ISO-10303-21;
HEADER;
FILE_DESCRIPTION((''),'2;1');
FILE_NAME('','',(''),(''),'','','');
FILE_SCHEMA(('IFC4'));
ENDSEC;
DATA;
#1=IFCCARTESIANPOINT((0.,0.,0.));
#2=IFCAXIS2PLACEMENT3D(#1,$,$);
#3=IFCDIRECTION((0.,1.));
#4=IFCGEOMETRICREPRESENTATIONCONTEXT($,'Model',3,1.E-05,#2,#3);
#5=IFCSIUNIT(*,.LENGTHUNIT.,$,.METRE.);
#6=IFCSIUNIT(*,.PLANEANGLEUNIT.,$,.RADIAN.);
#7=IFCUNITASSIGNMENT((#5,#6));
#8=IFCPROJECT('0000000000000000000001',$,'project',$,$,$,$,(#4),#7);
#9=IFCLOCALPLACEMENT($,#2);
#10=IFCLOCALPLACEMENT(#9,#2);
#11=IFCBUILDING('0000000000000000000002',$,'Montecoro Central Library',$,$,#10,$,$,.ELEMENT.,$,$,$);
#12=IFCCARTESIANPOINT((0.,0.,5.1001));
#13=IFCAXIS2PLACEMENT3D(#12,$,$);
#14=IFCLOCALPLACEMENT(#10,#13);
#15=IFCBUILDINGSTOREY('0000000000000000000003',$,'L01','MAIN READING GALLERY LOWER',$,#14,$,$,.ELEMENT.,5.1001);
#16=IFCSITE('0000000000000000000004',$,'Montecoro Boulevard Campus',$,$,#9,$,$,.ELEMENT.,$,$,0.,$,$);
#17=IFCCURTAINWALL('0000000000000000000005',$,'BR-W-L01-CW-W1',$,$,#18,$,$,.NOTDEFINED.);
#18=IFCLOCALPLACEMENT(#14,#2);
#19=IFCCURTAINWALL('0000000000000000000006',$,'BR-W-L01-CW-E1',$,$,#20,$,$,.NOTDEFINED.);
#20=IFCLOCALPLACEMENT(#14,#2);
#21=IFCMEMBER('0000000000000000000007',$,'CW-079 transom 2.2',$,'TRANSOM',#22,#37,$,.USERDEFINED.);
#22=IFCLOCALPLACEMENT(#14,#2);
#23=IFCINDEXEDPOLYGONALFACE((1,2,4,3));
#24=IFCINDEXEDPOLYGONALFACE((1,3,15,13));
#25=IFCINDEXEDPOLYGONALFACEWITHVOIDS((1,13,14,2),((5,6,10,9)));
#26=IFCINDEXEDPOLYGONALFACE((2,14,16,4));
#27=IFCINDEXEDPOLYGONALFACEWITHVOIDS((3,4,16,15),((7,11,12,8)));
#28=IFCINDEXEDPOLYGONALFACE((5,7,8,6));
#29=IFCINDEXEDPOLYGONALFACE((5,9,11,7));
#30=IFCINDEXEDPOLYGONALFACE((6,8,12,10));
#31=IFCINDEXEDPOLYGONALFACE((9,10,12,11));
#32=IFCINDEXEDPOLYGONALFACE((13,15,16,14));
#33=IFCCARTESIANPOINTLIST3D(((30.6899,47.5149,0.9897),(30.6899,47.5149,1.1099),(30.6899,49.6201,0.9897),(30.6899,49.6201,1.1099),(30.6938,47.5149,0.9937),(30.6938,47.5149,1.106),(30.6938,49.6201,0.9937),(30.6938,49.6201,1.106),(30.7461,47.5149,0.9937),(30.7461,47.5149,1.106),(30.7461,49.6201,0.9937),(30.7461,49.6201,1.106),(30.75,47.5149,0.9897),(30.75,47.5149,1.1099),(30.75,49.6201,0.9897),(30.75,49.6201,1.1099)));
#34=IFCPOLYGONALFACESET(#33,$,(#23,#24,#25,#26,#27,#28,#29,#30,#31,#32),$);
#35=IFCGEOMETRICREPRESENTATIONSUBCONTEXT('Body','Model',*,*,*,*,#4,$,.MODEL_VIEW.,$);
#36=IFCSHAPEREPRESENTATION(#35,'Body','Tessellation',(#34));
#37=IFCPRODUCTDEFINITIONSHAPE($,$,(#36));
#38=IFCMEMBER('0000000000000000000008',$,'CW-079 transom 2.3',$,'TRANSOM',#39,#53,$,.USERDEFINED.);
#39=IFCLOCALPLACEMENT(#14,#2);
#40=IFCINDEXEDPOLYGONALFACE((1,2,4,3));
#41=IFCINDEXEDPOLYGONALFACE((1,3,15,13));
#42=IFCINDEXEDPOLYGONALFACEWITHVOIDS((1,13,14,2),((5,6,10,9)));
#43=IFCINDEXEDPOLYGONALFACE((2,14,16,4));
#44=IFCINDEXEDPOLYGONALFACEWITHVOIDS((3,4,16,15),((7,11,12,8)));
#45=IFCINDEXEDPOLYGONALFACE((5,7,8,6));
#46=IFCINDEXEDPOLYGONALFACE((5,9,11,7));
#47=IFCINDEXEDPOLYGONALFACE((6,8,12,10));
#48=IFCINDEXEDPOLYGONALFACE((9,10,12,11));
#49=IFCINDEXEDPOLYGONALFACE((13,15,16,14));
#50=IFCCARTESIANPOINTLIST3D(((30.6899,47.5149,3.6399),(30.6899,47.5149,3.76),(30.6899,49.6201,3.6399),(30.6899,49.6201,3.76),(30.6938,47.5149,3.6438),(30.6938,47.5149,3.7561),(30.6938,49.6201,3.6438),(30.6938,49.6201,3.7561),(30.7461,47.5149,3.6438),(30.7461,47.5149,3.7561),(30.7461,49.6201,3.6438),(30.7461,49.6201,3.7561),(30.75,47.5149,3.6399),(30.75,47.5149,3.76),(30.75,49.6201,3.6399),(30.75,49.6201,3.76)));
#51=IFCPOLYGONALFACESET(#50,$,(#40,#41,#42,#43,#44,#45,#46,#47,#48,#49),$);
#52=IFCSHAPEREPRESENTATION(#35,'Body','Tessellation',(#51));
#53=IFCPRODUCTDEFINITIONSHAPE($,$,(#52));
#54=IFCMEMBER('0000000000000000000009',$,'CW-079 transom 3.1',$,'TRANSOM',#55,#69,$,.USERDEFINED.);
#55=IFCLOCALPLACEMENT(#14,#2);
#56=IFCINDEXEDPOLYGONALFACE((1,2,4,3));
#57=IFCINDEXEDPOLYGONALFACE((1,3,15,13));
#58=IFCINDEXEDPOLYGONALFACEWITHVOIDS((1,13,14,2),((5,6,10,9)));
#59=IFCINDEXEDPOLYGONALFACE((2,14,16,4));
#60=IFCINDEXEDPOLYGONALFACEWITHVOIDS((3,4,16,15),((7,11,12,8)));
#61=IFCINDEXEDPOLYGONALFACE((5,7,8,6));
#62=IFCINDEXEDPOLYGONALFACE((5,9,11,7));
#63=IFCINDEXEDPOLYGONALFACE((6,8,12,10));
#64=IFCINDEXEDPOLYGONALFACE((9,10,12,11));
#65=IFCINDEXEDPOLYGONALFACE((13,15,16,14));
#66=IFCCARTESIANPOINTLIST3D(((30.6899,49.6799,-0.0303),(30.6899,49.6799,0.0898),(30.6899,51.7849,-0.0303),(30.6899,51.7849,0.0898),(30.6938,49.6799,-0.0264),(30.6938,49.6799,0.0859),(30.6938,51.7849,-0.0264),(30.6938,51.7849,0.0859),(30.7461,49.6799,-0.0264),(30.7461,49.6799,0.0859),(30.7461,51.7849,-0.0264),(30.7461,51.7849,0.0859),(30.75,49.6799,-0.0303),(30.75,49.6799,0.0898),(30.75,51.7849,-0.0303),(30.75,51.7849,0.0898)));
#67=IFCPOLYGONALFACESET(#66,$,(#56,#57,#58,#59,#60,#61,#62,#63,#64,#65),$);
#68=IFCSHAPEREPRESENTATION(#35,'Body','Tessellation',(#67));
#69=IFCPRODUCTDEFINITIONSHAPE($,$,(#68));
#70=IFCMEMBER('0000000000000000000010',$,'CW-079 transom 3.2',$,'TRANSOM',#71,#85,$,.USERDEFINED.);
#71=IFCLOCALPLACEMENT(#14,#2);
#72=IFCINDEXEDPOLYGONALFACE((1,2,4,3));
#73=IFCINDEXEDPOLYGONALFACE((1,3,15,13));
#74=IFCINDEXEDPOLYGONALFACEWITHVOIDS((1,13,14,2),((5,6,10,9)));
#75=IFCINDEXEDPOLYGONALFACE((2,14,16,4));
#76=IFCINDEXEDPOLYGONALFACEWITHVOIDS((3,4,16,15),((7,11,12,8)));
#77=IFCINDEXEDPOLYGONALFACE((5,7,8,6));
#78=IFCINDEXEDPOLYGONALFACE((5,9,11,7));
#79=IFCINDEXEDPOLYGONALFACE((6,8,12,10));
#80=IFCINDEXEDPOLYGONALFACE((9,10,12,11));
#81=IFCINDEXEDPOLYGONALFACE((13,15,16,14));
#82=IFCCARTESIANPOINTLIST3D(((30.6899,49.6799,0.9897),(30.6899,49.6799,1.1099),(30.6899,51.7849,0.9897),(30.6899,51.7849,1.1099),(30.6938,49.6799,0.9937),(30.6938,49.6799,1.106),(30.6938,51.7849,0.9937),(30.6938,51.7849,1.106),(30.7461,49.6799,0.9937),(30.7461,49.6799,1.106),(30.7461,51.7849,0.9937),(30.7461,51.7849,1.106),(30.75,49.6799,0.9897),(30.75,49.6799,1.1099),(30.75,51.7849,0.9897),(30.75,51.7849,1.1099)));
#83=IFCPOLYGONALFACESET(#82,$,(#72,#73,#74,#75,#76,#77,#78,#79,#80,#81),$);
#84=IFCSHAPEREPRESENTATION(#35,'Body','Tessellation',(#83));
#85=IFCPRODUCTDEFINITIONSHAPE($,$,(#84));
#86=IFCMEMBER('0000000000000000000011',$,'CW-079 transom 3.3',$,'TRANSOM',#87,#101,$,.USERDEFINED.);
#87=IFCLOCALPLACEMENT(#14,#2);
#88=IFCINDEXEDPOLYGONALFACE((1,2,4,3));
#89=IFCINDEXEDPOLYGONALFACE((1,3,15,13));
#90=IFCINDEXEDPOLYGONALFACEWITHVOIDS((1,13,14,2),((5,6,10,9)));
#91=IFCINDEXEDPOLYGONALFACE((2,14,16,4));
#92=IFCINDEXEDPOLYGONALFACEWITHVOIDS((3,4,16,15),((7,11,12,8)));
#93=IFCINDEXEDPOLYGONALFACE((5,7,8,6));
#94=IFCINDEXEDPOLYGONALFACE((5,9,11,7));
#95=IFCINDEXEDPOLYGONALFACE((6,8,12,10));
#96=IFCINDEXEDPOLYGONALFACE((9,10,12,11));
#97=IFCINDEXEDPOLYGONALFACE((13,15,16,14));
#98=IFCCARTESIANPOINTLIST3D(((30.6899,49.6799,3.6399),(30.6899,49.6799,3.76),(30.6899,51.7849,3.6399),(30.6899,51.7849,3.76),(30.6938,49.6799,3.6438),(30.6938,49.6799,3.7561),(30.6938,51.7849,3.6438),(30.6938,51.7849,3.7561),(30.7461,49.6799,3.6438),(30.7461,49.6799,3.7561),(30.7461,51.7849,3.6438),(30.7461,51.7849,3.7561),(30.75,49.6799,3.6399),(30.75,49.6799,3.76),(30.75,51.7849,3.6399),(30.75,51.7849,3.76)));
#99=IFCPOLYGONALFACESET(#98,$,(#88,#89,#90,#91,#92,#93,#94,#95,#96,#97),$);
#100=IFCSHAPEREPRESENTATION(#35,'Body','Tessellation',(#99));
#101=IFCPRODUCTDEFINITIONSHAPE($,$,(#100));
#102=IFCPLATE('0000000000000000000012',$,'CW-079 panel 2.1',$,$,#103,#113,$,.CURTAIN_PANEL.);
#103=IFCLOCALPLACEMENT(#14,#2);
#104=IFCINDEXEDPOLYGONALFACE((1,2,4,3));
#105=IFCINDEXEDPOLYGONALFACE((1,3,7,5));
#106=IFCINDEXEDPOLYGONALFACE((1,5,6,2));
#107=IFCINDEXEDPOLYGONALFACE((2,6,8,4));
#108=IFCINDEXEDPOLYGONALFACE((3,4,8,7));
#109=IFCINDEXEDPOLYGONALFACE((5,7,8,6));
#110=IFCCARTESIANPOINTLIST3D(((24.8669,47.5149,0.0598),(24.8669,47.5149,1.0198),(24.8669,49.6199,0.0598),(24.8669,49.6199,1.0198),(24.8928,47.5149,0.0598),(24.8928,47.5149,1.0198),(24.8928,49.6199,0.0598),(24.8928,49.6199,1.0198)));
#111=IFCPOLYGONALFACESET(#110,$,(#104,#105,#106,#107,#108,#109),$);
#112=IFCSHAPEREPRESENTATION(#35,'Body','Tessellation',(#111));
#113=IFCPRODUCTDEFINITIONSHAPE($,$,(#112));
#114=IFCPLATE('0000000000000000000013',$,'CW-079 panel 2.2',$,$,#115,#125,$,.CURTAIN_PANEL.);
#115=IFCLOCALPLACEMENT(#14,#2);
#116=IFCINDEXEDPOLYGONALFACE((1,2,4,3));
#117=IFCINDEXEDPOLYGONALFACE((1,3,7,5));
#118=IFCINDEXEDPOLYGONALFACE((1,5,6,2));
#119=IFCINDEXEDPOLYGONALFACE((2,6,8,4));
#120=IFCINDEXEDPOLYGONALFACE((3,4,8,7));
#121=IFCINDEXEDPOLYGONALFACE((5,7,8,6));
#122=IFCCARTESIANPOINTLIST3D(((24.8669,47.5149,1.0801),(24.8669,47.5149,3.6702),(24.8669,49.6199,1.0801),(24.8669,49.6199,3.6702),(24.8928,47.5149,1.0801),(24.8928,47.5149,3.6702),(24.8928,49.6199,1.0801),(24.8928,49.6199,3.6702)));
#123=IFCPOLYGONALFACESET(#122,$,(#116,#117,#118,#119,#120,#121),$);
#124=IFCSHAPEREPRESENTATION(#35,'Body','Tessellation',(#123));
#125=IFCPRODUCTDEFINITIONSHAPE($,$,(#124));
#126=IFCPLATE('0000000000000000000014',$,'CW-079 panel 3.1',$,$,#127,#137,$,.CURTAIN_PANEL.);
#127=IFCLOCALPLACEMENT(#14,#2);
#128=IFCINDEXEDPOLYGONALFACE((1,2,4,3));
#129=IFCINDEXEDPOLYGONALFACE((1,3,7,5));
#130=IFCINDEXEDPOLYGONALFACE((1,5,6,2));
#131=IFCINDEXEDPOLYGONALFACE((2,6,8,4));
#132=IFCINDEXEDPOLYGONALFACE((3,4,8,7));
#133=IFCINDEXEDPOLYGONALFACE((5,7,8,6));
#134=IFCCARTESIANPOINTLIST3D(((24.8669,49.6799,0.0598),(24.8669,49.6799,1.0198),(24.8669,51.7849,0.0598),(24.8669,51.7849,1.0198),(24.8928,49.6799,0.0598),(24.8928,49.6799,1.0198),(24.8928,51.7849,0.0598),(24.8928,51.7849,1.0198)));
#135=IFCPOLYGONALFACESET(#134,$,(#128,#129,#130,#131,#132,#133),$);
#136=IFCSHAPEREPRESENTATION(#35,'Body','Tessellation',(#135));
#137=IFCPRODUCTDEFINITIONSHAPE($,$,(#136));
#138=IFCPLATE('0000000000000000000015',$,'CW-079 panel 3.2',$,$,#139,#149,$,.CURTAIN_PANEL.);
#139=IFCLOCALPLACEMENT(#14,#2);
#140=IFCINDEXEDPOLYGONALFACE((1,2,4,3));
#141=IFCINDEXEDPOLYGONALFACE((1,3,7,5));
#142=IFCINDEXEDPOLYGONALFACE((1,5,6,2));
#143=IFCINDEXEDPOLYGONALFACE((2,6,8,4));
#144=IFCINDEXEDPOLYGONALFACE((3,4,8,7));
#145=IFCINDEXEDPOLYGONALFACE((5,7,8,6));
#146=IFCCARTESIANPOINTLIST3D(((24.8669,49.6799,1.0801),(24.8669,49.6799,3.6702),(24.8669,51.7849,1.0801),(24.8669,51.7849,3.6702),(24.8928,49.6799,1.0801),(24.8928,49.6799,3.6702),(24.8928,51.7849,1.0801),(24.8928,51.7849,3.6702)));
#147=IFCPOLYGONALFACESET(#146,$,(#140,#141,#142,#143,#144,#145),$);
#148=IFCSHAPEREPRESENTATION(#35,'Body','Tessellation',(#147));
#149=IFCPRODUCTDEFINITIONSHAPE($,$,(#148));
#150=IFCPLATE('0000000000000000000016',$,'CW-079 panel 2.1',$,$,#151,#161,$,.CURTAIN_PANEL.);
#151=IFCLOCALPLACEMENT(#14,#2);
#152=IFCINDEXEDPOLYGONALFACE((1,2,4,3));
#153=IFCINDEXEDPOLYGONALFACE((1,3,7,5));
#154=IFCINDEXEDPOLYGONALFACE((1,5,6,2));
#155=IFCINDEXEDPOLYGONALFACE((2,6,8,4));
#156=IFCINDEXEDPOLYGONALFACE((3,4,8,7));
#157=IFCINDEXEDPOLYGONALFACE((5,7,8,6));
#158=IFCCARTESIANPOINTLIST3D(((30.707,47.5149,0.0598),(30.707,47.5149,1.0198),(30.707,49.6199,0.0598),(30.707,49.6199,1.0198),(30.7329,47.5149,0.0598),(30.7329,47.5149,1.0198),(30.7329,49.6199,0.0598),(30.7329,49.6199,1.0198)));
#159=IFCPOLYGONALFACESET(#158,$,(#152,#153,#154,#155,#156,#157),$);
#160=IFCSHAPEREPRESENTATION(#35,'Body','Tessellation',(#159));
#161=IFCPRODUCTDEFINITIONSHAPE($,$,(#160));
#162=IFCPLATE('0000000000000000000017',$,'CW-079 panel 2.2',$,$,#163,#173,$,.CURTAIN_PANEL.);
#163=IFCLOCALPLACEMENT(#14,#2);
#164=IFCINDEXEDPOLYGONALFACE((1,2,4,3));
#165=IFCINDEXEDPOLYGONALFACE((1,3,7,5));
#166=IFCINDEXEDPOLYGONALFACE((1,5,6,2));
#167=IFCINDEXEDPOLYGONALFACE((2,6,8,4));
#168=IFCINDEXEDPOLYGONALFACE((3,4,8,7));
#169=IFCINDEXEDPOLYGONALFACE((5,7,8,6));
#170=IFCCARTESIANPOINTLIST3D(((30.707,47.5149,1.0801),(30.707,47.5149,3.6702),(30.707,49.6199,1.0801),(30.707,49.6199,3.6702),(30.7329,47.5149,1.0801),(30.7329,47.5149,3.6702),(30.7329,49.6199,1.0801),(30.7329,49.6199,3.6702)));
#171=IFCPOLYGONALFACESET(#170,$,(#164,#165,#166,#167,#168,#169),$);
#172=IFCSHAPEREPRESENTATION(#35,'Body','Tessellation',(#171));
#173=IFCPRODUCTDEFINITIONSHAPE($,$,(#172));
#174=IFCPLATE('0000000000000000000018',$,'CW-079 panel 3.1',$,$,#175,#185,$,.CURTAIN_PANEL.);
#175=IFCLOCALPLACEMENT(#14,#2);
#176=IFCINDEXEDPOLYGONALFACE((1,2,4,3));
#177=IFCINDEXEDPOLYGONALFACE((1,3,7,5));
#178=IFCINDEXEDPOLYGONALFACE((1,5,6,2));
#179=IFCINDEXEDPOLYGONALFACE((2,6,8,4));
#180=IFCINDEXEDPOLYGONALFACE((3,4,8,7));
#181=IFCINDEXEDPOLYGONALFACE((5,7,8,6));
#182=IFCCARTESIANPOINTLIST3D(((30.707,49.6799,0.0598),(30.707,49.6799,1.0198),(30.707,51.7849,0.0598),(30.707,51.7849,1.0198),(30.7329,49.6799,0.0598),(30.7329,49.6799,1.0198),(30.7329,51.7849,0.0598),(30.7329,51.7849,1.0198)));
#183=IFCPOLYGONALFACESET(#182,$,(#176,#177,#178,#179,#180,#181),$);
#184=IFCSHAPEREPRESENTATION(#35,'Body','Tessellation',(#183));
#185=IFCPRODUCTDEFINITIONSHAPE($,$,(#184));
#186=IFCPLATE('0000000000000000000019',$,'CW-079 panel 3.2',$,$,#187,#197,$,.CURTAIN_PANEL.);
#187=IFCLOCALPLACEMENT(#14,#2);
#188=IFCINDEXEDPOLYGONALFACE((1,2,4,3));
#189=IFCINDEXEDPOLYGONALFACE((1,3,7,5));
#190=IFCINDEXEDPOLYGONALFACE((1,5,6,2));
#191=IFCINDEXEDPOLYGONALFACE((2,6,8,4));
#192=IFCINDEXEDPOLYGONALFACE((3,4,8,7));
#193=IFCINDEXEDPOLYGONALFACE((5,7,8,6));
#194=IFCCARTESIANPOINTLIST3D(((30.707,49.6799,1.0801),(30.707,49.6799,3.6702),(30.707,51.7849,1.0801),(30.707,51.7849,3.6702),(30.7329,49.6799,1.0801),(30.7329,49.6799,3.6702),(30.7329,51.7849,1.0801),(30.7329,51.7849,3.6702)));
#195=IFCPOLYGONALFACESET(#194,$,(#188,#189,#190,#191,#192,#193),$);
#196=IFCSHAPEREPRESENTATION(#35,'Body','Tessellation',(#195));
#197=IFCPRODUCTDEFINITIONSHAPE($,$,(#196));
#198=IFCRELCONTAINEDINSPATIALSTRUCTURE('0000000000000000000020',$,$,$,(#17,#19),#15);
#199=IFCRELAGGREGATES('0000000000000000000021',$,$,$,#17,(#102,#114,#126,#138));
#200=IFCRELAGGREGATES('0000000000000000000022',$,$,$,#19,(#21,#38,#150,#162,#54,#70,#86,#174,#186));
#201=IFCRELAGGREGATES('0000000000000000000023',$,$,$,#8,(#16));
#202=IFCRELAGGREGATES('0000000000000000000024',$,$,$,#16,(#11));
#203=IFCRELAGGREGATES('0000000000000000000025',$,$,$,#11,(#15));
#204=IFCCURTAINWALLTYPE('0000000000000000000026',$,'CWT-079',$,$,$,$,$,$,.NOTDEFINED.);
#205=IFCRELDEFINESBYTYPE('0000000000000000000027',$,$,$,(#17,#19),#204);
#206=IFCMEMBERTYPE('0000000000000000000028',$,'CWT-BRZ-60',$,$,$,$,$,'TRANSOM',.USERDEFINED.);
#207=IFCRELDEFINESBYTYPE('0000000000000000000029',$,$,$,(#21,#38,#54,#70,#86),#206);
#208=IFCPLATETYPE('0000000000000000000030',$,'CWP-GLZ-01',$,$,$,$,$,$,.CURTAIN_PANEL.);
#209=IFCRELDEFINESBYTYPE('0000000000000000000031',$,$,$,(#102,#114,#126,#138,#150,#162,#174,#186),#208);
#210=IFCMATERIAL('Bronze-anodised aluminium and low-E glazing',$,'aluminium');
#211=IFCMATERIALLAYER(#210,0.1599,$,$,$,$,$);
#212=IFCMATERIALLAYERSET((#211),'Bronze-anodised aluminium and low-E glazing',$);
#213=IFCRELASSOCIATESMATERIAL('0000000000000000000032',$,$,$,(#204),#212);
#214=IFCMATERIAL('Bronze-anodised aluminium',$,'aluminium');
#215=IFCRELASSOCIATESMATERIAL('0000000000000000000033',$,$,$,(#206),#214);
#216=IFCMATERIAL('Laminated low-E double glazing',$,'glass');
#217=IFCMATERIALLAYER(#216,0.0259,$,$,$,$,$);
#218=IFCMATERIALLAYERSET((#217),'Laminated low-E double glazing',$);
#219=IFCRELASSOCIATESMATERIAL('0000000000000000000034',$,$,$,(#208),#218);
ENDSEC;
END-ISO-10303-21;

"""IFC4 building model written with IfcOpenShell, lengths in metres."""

from ifc_helpers import new_model, si_unit, direction, frame, origin, origin_2d, place, context, subcontext, project, spatial, rectangle, hollow_rectangle, extrude, material, layer, layer_set, material_profile, profile_set, type_object, element, aggregate, save


model = new_model("IFC4")

# Units and contexts
model_context = context("Model", 3, precision=1e-05, world=origin(), true_north=direction((0.0, 1.0)))
body_context = subcontext(model_context, "Body", "Model", "MODEL_VIEW")
ifc_project = project(units=[si_unit("LENGTHUNIT", "METRE"), si_unit("PLANEANGLEUNIT", "RADIAN")], contexts=[model_context])

# Site, building, storey
site_placement = place(None, origin())
site = spatial("IfcSite", under=ifc_project, at=site_placement, Name="Montecoro Boulevard Campus", CompositionType="ELEMENT", RefElevation=0.0)
building_placement = place(site_placement, origin())
building = spatial("IfcBuilding", under=site, at=building_placement, Name="Montecoro Central Library", CompositionType="ELEMENT")
storey_placement = place(building_placement, frame((0.0, 0.0, 5.1001)))
storey = spatial("IfcBuildingStorey", under=building, at=storey_placement, Name="L01", Description="MAIN READING GALLERY LOWER", CompositionType="ELEMENT", Elevation=5.1001)

# Curtain walls
ifc_material_1 = material(Name="Bronze-anodised aluminium and low-E glazing", Category="aluminium")
ifc_layer_1 = layer(ifc_material_1, 0.1599)
ifc_layer_set_1 = layer_set([ifc_layer_1], Name="Bronze-anodised aluminium and low-E glazing")
curtain_wall_type = type_object("IfcCurtainWallType", Name="CWT-079", PredefinedType="NOTDEFINED", material=ifc_layer_set_1)
curtain_wall_1_placement = place(storey_placement, origin())
curtain_wall_1 = element("IfcCurtainWall", 1, at=curtain_wall_1_placement, inside=storey, type_object=curtain_wall_type, Name="BR-W-L01-CW-W1", PredefinedType="NOTDEFINED")
ifc_material_2 = material(Name="Bronze-anodised aluminium", Category="aluminium")
curtain_wall_2_placement = place(storey_placement, origin())
curtain_wall_2 = element("IfcCurtainWall", 2, at=curtain_wall_2_placement, inside=storey, type_object=curtain_wall_type, Name="BR-W-L01-CW-E1", PredefinedType="NOTDEFINED")

# Members
ifc_material_profile_1 = material_profile(ifc_material_2, hollow_rectangle(XDim=0.0601, YDim=0.1201, WallThickness=0.0039, at=origin_2d()), Name="CWT 120x60x4.0")
ifc_profile_set_1 = profile_set([ifc_material_profile_1], Name="Bronze-anodised aluminium")
member_type_1 = type_object("IfcMemberType", Name="CWT-BRZ-60", ElementType="TRANSOM", PredefinedType="USERDEFINED", material=ifc_profile_set_1)
member_1_placement = place(storey_placement, frame((30.72, 47.5149, 1.0498), z_axis=(0.0, 1.0, 0.0), x_axis=(-1.0, 0.0, 0.0)))
member_1 = element("IfcMember", 3, at=member_1_placement, type_object=member_type_1, Name="CW-079 transom 2.2", ObjectType="TRANSOM", PredefinedType="USERDEFINED", context=body_context, shape_type="SweptSolid", body=[
    extrude(hollow_rectangle(XDim=0.0601, YDim=0.1201, WallThickness=0.0039, at=origin_2d()), origin(), (0.0, 0.0, 1.0), 2.1052),
])
member_2_placement = place(storey_placement, frame((30.72, 47.5149, 3.7), z_axis=(0.0, 1.0, 0.0), x_axis=(-1.0, 0.0, 0.0)))
member_2 = element("IfcMember", 4, at=member_2_placement, type_object=member_type_1, Name="CW-079 transom 2.3", ObjectType="TRANSOM", PredefinedType="USERDEFINED", context=body_context, shape_type="SweptSolid", body=[
    extrude(hollow_rectangle(XDim=0.0601, YDim=0.1201, WallThickness=0.0039, at=origin_2d()), origin(), (0.0, 0.0, 1.0), 2.1052),
])
member_3_placement = place(storey_placement, frame((30.72, 49.6799, 0.0298), z_axis=(0.0, 1.0, 0.0), x_axis=(-1.0, 0.0, 0.0)))
member_3 = element("IfcMember", 5, at=member_3_placement, type_object=member_type_1, Name="CW-079 transom 3.1", ObjectType="TRANSOM", PredefinedType="USERDEFINED", context=body_context, shape_type="SweptSolid", body=[
    extrude(hollow_rectangle(XDim=0.0601, YDim=0.1201, WallThickness=0.0039, at=origin_2d()), origin(), (0.0, 0.0, 1.0), 2.105),
])
member_4_placement = place(storey_placement, frame((30.72, 49.6799, 1.0498), z_axis=(0.0, 1.0, 0.0), x_axis=(-1.0, 0.0, 0.0)))
member_4 = element("IfcMember", 6, at=member_4_placement, type_object=member_type_1, Name="CW-079 transom 3.2", ObjectType="TRANSOM", PredefinedType="USERDEFINED", context=body_context, shape_type="SweptSolid", body=[
    extrude(hollow_rectangle(XDim=0.0601, YDim=0.1201, WallThickness=0.0039, at=origin_2d()), origin(), (0.0, 0.0, 1.0), 2.105),
])
member_5_placement = place(storey_placement, frame((30.72, 49.6799, 3.7), z_axis=(0.0, 1.0, 0.0), x_axis=(-1.0, 0.0, 0.0)))
member_5 = element("IfcMember", 7, at=member_5_placement, type_object=member_type_1, Name="CW-079 transom 3.3", ObjectType="TRANSOM", PredefinedType="USERDEFINED", context=body_context, shape_type="SweptSolid", body=[
    extrude(hollow_rectangle(XDim=0.0601, YDim=0.1201, WallThickness=0.0039, at=origin_2d()), origin(), (0.0, 0.0, 1.0), 2.105),
])

# Plates
ifc_material_3 = material(Name="Laminated low-E double glazing", Category="glass")
ifc_layer_2 = layer(ifc_material_3, 0.0259)
ifc_layer_set_2 = layer_set([ifc_layer_2], Name="Laminated low-E double glazing")
plate_type = type_object("IfcPlateType", Name="CWP-GLZ-01", PredefinedType="CURTAIN_PANEL", material=ifc_layer_set_2)
plate_1_placement = place(storey_placement, frame((24.8799, 48.5674, 0.0598), z_axis=(0.0, 0.0, 1.0), x_axis=(0.0, 1.0, 0.0)))
plate_1 = element("IfcPlate", 8, at=plate_1_placement, type_object=plate_type, Name="CW-079 panel 2.1", PredefinedType="CURTAIN_PANEL", context=body_context, shape_type="SweptSolid", body=[
    extrude(rectangle(XDim=2.105, YDim=0.0259, at=origin_2d()), origin(), (0.0, 0.0, 1.0), 0.96),
])
plate_2_placement = place(storey_placement, frame((24.8799, 48.5674, 1.0801), z_axis=(0.0, 0.0, 1.0), x_axis=(0.0, 1.0, 0.0)))
plate_2 = element("IfcPlate", 9, at=plate_2_placement, type_object=plate_type, Name="CW-079 panel 2.2", PredefinedType="CURTAIN_PANEL", context=body_context, shape_type="SweptSolid", body=[
    extrude(rectangle(XDim=2.105, YDim=0.0259, at=origin_2d()), origin(), (0.0, 0.0, 1.0), 2.5901),
])
plate_3_placement = place(storey_placement, frame((24.8799, 50.7324, 0.0598), z_axis=(0.0, 0.0, 1.0), x_axis=(0.0, 1.0, 0.0)))
plate_3 = element("IfcPlate", 10, at=plate_3_placement, type_object=plate_type, Name="CW-079 panel 3.1", PredefinedType="CURTAIN_PANEL", context=body_context, shape_type="SweptSolid", body=[
    extrude(rectangle(XDim=2.105, YDim=0.0259, at=origin_2d()), origin(), (0.0, 0.0, 1.0), 0.96),
])
plate_4_placement = place(storey_placement, frame((24.8799, 50.7324, 1.0801), z_axis=(0.0, 0.0, 1.0), x_axis=(0.0, 1.0, 0.0)))
plate_4 = element("IfcPlate", 11, at=plate_4_placement, type_object=plate_type, Name="CW-079 panel 3.2", PredefinedType="CURTAIN_PANEL", context=body_context, shape_type="SweptSolid", body=[
    extrude(rectangle(XDim=2.105, YDim=0.0259, at=origin_2d()), origin(), (0.0, 0.0, 1.0), 2.5901),
])
aggregate(curtain_wall_1, [plate_1, plate_2, plate_3, plate_4])
plate_5_placement = place(storey_placement, frame((30.72, 48.5674, 0.0598), z_axis=(0.0, 0.0, 1.0), x_axis=(0.0, 1.0, 0.0)))
plate_5 = element("IfcPlate", 12, at=plate_5_placement, type_object=plate_type, Name="CW-079 panel 2.1", PredefinedType="CURTAIN_PANEL", context=body_context, shape_type="SweptSolid", body=[
    extrude(rectangle(XDim=2.105, YDim=0.0259, at=origin_2d()), origin(), (0.0, 0.0, 1.0), 0.96),
])
plate_6_placement = place(storey_placement, frame((30.72, 48.5674, 1.0801), z_axis=(0.0, 0.0, 1.0), x_axis=(0.0, 1.0, 0.0)))
plate_6 = element("IfcPlate", 13, at=plate_6_placement, type_object=plate_type, Name="CW-079 panel 2.2", PredefinedType="CURTAIN_PANEL", context=body_context, shape_type="SweptSolid", body=[
    extrude(rectangle(XDim=2.105, YDim=0.0259, at=origin_2d()), origin(), (0.0, 0.0, 1.0), 2.5901),
])
plate_7_placement = place(storey_placement, frame((30.72, 50.7324, 0.0598), z_axis=(0.0, 0.0, 1.0), x_axis=(0.0, 1.0, 0.0)))
plate_7 = element("IfcPlate", 14, at=plate_7_placement, type_object=plate_type, Name="CW-079 panel 3.1", PredefinedType="CURTAIN_PANEL", context=body_context, shape_type="SweptSolid", body=[
    extrude(rectangle(XDim=2.105, YDim=0.0259, at=origin_2d()), origin(), (0.0, 0.0, 1.0), 0.96),
])
plate_8_placement = place(storey_placement, frame((30.72, 50.7324, 1.0801), z_axis=(0.0, 0.0, 1.0), x_axis=(0.0, 1.0, 0.0)))
plate_8 = element("IfcPlate", 15, at=plate_8_placement, type_object=plate_type, Name="CW-079 panel 3.2", PredefinedType="CURTAIN_PANEL", context=body_context, shape_type="SweptSolid", body=[
    extrude(rectangle(XDim=2.105, YDim=0.0259, at=origin_2d()), origin(), (0.0, 0.0, 1.0), 2.5901),
])
aggregate(curtain_wall_2, [member_1, member_2, plate_5, plate_6, member_3, member_4, member_5, plate_7, plate_8])

save(model, "model.ifc")
